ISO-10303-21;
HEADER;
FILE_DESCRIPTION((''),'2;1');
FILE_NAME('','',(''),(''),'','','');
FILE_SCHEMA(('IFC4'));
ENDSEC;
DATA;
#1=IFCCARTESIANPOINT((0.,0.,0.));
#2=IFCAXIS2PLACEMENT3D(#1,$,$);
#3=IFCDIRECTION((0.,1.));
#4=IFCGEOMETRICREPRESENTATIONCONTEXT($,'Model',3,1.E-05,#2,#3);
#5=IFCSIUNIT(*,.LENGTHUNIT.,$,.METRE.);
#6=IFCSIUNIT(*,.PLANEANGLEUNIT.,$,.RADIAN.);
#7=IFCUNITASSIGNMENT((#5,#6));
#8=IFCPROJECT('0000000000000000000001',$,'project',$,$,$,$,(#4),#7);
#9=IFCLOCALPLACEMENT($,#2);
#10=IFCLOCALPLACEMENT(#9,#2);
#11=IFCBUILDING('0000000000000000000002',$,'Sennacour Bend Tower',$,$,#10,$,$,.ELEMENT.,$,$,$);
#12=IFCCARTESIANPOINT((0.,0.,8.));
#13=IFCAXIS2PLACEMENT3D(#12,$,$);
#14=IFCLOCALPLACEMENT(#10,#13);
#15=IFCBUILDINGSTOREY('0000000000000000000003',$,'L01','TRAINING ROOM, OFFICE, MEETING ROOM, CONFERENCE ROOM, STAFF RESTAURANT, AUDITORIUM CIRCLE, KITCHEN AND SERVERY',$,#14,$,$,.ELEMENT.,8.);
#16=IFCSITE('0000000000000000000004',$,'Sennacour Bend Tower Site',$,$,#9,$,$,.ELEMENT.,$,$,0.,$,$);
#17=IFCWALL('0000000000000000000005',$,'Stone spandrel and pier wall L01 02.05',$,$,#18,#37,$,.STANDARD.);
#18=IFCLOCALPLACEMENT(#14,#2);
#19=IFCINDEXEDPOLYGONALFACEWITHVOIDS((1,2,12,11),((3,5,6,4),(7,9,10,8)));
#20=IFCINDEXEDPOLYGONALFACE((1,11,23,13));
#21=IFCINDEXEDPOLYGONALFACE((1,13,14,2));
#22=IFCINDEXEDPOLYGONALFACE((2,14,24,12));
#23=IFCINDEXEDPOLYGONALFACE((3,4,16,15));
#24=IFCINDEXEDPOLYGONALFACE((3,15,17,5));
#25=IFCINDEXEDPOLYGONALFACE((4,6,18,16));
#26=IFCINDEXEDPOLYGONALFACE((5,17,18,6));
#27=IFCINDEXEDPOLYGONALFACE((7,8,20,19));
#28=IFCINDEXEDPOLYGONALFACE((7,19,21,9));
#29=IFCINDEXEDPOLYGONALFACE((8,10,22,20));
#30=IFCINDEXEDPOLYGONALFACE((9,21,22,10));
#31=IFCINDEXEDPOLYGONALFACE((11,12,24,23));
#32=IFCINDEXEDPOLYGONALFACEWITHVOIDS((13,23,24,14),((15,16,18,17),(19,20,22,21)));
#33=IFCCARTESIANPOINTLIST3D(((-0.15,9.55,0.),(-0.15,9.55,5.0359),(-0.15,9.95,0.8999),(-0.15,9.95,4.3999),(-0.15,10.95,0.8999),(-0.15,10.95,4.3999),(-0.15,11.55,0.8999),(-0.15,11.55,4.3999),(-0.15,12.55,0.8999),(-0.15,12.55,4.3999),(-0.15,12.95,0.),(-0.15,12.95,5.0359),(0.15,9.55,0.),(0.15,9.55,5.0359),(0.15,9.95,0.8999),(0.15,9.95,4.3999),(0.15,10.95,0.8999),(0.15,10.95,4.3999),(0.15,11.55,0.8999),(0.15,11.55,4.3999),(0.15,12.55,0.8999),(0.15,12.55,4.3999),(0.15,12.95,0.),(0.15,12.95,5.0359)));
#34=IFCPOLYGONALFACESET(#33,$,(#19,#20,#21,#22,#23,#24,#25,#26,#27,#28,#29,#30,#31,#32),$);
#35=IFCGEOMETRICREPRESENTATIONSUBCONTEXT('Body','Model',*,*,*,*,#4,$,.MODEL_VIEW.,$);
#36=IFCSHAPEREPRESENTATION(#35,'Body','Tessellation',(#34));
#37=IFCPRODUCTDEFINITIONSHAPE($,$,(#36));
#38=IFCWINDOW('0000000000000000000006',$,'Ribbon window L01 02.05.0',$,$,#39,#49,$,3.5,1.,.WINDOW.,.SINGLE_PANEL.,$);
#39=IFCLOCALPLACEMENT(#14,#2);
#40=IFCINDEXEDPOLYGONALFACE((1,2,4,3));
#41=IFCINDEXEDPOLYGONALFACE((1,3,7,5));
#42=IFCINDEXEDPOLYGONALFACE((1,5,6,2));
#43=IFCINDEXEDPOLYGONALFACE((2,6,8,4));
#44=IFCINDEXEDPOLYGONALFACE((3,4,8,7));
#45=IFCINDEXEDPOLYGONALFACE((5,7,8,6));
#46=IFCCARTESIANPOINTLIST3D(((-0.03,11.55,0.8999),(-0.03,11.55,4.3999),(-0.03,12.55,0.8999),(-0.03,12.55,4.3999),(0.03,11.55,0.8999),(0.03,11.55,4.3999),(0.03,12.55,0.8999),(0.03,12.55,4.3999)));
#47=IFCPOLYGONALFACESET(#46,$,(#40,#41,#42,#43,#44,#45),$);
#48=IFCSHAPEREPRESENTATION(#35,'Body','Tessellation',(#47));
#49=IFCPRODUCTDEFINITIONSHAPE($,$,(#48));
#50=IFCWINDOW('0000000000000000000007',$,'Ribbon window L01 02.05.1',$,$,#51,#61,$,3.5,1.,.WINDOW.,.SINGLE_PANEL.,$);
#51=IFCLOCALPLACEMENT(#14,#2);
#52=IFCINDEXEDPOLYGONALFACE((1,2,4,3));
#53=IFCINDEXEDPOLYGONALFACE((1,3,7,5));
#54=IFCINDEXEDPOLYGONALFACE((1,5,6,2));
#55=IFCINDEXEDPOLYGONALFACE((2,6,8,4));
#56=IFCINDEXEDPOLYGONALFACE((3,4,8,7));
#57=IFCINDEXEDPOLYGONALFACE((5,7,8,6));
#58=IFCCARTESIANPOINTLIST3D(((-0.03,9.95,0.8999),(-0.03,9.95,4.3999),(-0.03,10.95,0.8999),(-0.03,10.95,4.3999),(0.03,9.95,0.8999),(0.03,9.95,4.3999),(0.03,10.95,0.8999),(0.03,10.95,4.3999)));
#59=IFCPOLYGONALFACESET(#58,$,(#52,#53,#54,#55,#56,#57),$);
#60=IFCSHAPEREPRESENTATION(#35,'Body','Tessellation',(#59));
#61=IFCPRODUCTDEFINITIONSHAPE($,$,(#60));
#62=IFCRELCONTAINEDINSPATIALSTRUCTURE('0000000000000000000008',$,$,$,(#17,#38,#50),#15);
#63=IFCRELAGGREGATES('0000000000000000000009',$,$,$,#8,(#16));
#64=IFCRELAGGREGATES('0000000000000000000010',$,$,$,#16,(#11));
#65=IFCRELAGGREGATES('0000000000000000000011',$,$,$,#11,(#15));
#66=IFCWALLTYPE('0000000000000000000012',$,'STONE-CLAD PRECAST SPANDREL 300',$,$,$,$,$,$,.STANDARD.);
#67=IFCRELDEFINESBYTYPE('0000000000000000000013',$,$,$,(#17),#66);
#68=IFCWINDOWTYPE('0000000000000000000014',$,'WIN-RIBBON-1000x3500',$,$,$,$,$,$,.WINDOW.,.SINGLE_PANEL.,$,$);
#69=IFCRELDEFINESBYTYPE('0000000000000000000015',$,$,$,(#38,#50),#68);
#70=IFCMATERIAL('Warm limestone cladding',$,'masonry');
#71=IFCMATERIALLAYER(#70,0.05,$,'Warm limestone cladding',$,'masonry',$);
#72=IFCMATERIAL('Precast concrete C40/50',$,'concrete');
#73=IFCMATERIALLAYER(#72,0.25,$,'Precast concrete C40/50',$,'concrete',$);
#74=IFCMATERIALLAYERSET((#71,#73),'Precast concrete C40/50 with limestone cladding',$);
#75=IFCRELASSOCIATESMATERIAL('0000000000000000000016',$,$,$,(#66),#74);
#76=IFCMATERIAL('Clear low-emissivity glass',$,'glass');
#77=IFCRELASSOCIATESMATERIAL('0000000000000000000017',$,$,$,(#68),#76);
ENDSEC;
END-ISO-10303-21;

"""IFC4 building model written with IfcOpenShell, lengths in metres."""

from ifc_helpers import new_model, si_unit, direction, frame, frame_2d, origin, place, context, subcontext, project, spatial, rectangle, extrude, material, layer, layer_set, type_object, element, fill, save


model = new_model("IFC4")

# Units and contexts
model_context = context("Model", 3, precision=1e-05, world=origin(), true_north=direction((0.0, 1.0)))
body_context = subcontext(model_context, "Body", "Model", "MODEL_VIEW")
ifc_project = project(units=[si_unit("LENGTHUNIT", "METRE"), si_unit("PLANEANGLEUNIT", "RADIAN")], contexts=[model_context])

# Site, building, storey
site_placement = place(None, origin())
site = spatial("IfcSite", under=ifc_project, at=site_placement, Name="Sennacour Bend Tower Site", CompositionType="ELEMENT", RefElevation=0.0)
building_placement = place(site_placement, origin())
building = spatial("IfcBuilding", under=site, at=building_placement, Name="Sennacour Bend Tower", CompositionType="ELEMENT")
storey_placement = place(building_placement, frame((0.0, 0.0, 8.0)))
storey = spatial("IfcBuildingStorey", under=building, at=storey_placement, Name="L01", Description="TRAINING ROOM, OFFICE, MEETING ROOM, CONFERENCE ROOM, STAFF RESTAURANT, AUDITORIUM CIRCLE, KITCHEN AND SERVERY", CompositionType="ELEMENT", Elevation=8.0)

# Wall, openings, windows
ifc_material_1 = material(Name="Warm limestone cladding", Category="masonry")
ifc_layer_1 = layer(ifc_material_1, 0.05, Name="Warm limestone cladding", Category="masonry")
ifc_material_2 = material(Name="Precast concrete C40/50", Category="concrete")
ifc_layer_2 = layer(ifc_material_2, 0.25, Name="Precast concrete C40/50", Category="concrete")
ifc_layer_set_1 = layer_set([ifc_layer_1, ifc_layer_2], Name="Precast concrete C40/50 with limestone cladding")
wall_type_1 = type_object("IfcWallType", Name="STONE-CLAD PRECAST SPANDREL 300", PredefinedType="STANDARD", material=ifc_layer_set_1)
ifc_material_3 = material(Name="Clear low-emissivity glass", Category="glass")
window_type = type_object("IfcWindowType", Name="WIN-RIBBON-1000x3500", PartitioningType="SINGLE_PANEL", PredefinedType="WINDOW", material=ifc_material_3)
wall_1_placement = place(storey_placement, frame((0.0, 12.95, 0.0), z_axis=(0.0, 0.0, 1.0), x_axis=(0.0, -1.0, 0.0)))
wall_1 = element("IfcWall", 1, at=wall_1_placement, inside=storey, type_object=wall_type_1, Name="Stone spandrel and pier wall L01 02.05", PredefinedType="STANDARD", context=body_context, shape_type="SweptSolid", body=[
    extrude(rectangle(XDim=3.3999, YDim=0.3, at=frame_2d((1.7, 0.0))), origin(), (0.0, 0.0, 1.0), 5.0359),
])
opening_1_placement = place(wall_1_placement, frame((0.3999, 0.0, 0.8999)))
opening_1 = element("IfcOpeningElement", 2, at=opening_1_placement, cuts=wall_1, PredefinedType="OPENING", context=body_context, shape_type="SweptSolid", body=[
    extrude(rectangle(XDim=1.0, YDim=3.5, at=frame_2d((0.5, 1.75))), frame((0.0, 0.1602, 0.0), z_axis=(0.0, -1.0, 0.0), x_axis=(1.0, 0.0, 0.0)), (0.0, 0.0, 1.0), 0.3201),
])
opening_2_placement = place(wall_1_placement, frame((2.0, 0.0, 0.8999)))
opening_2 = element("IfcOpeningElement", 3, at=opening_2_placement, cuts=wall_1, PredefinedType="OPENING", context=body_context, shape_type="SweptSolid", body=[
    extrude(rectangle(XDim=1.0, YDim=3.5, at=frame_2d((0.5, 1.75))), frame((0.0, 0.1602, 0.0), z_axis=(0.0, -1.0, 0.0), x_axis=(1.0, 0.0, 0.0)), (0.0, 0.0, 1.0), 0.3201),
])
window_1_placement = place(opening_1_placement, origin())
window_1 = element("IfcWindow", 4, at=window_1_placement, inside=storey, type_object=window_type, Name="Ribbon window L01 02.05.0", OverallHeight=3.5, OverallWidth=1.0, PartitioningType="SINGLE_PANEL", PredefinedType="WINDOW", context=body_context, shape_type="SweptSolid", body=[
    extrude(rectangle(XDim=1.0, YDim=3.5, at=frame_2d((0.5, 1.75))), frame((0.0, 0.03, 0.0), z_axis=(0.0, -1.0, 0.0), x_axis=(1.0, 0.0, 0.0)), (0.0, 0.0, 1.0), 0.0601),
])
fill(opening_1, window_1)
window_2_placement = place(opening_2_placement, origin())
window_2 = element("IfcWindow", 5, at=window_2_placement, inside=storey, type_object=window_type, Name="Ribbon window L01 02.05.1", OverallHeight=3.5, OverallWidth=1.0, PartitioningType="SINGLE_PANEL", PredefinedType="WINDOW", context=body_context, shape_type="SweptSolid", body=[
    extrude(rectangle(XDim=1.0, YDim=3.5, at=frame_2d((0.5, 1.75))), frame((0.0, 0.03, 0.0), z_axis=(0.0, -1.0, 0.0), x_axis=(1.0, 0.0, 0.0)), (0.0, 0.0, 1.0), 0.0601),
])
fill(opening_2, window_2)

save(model, "model.ifc")
